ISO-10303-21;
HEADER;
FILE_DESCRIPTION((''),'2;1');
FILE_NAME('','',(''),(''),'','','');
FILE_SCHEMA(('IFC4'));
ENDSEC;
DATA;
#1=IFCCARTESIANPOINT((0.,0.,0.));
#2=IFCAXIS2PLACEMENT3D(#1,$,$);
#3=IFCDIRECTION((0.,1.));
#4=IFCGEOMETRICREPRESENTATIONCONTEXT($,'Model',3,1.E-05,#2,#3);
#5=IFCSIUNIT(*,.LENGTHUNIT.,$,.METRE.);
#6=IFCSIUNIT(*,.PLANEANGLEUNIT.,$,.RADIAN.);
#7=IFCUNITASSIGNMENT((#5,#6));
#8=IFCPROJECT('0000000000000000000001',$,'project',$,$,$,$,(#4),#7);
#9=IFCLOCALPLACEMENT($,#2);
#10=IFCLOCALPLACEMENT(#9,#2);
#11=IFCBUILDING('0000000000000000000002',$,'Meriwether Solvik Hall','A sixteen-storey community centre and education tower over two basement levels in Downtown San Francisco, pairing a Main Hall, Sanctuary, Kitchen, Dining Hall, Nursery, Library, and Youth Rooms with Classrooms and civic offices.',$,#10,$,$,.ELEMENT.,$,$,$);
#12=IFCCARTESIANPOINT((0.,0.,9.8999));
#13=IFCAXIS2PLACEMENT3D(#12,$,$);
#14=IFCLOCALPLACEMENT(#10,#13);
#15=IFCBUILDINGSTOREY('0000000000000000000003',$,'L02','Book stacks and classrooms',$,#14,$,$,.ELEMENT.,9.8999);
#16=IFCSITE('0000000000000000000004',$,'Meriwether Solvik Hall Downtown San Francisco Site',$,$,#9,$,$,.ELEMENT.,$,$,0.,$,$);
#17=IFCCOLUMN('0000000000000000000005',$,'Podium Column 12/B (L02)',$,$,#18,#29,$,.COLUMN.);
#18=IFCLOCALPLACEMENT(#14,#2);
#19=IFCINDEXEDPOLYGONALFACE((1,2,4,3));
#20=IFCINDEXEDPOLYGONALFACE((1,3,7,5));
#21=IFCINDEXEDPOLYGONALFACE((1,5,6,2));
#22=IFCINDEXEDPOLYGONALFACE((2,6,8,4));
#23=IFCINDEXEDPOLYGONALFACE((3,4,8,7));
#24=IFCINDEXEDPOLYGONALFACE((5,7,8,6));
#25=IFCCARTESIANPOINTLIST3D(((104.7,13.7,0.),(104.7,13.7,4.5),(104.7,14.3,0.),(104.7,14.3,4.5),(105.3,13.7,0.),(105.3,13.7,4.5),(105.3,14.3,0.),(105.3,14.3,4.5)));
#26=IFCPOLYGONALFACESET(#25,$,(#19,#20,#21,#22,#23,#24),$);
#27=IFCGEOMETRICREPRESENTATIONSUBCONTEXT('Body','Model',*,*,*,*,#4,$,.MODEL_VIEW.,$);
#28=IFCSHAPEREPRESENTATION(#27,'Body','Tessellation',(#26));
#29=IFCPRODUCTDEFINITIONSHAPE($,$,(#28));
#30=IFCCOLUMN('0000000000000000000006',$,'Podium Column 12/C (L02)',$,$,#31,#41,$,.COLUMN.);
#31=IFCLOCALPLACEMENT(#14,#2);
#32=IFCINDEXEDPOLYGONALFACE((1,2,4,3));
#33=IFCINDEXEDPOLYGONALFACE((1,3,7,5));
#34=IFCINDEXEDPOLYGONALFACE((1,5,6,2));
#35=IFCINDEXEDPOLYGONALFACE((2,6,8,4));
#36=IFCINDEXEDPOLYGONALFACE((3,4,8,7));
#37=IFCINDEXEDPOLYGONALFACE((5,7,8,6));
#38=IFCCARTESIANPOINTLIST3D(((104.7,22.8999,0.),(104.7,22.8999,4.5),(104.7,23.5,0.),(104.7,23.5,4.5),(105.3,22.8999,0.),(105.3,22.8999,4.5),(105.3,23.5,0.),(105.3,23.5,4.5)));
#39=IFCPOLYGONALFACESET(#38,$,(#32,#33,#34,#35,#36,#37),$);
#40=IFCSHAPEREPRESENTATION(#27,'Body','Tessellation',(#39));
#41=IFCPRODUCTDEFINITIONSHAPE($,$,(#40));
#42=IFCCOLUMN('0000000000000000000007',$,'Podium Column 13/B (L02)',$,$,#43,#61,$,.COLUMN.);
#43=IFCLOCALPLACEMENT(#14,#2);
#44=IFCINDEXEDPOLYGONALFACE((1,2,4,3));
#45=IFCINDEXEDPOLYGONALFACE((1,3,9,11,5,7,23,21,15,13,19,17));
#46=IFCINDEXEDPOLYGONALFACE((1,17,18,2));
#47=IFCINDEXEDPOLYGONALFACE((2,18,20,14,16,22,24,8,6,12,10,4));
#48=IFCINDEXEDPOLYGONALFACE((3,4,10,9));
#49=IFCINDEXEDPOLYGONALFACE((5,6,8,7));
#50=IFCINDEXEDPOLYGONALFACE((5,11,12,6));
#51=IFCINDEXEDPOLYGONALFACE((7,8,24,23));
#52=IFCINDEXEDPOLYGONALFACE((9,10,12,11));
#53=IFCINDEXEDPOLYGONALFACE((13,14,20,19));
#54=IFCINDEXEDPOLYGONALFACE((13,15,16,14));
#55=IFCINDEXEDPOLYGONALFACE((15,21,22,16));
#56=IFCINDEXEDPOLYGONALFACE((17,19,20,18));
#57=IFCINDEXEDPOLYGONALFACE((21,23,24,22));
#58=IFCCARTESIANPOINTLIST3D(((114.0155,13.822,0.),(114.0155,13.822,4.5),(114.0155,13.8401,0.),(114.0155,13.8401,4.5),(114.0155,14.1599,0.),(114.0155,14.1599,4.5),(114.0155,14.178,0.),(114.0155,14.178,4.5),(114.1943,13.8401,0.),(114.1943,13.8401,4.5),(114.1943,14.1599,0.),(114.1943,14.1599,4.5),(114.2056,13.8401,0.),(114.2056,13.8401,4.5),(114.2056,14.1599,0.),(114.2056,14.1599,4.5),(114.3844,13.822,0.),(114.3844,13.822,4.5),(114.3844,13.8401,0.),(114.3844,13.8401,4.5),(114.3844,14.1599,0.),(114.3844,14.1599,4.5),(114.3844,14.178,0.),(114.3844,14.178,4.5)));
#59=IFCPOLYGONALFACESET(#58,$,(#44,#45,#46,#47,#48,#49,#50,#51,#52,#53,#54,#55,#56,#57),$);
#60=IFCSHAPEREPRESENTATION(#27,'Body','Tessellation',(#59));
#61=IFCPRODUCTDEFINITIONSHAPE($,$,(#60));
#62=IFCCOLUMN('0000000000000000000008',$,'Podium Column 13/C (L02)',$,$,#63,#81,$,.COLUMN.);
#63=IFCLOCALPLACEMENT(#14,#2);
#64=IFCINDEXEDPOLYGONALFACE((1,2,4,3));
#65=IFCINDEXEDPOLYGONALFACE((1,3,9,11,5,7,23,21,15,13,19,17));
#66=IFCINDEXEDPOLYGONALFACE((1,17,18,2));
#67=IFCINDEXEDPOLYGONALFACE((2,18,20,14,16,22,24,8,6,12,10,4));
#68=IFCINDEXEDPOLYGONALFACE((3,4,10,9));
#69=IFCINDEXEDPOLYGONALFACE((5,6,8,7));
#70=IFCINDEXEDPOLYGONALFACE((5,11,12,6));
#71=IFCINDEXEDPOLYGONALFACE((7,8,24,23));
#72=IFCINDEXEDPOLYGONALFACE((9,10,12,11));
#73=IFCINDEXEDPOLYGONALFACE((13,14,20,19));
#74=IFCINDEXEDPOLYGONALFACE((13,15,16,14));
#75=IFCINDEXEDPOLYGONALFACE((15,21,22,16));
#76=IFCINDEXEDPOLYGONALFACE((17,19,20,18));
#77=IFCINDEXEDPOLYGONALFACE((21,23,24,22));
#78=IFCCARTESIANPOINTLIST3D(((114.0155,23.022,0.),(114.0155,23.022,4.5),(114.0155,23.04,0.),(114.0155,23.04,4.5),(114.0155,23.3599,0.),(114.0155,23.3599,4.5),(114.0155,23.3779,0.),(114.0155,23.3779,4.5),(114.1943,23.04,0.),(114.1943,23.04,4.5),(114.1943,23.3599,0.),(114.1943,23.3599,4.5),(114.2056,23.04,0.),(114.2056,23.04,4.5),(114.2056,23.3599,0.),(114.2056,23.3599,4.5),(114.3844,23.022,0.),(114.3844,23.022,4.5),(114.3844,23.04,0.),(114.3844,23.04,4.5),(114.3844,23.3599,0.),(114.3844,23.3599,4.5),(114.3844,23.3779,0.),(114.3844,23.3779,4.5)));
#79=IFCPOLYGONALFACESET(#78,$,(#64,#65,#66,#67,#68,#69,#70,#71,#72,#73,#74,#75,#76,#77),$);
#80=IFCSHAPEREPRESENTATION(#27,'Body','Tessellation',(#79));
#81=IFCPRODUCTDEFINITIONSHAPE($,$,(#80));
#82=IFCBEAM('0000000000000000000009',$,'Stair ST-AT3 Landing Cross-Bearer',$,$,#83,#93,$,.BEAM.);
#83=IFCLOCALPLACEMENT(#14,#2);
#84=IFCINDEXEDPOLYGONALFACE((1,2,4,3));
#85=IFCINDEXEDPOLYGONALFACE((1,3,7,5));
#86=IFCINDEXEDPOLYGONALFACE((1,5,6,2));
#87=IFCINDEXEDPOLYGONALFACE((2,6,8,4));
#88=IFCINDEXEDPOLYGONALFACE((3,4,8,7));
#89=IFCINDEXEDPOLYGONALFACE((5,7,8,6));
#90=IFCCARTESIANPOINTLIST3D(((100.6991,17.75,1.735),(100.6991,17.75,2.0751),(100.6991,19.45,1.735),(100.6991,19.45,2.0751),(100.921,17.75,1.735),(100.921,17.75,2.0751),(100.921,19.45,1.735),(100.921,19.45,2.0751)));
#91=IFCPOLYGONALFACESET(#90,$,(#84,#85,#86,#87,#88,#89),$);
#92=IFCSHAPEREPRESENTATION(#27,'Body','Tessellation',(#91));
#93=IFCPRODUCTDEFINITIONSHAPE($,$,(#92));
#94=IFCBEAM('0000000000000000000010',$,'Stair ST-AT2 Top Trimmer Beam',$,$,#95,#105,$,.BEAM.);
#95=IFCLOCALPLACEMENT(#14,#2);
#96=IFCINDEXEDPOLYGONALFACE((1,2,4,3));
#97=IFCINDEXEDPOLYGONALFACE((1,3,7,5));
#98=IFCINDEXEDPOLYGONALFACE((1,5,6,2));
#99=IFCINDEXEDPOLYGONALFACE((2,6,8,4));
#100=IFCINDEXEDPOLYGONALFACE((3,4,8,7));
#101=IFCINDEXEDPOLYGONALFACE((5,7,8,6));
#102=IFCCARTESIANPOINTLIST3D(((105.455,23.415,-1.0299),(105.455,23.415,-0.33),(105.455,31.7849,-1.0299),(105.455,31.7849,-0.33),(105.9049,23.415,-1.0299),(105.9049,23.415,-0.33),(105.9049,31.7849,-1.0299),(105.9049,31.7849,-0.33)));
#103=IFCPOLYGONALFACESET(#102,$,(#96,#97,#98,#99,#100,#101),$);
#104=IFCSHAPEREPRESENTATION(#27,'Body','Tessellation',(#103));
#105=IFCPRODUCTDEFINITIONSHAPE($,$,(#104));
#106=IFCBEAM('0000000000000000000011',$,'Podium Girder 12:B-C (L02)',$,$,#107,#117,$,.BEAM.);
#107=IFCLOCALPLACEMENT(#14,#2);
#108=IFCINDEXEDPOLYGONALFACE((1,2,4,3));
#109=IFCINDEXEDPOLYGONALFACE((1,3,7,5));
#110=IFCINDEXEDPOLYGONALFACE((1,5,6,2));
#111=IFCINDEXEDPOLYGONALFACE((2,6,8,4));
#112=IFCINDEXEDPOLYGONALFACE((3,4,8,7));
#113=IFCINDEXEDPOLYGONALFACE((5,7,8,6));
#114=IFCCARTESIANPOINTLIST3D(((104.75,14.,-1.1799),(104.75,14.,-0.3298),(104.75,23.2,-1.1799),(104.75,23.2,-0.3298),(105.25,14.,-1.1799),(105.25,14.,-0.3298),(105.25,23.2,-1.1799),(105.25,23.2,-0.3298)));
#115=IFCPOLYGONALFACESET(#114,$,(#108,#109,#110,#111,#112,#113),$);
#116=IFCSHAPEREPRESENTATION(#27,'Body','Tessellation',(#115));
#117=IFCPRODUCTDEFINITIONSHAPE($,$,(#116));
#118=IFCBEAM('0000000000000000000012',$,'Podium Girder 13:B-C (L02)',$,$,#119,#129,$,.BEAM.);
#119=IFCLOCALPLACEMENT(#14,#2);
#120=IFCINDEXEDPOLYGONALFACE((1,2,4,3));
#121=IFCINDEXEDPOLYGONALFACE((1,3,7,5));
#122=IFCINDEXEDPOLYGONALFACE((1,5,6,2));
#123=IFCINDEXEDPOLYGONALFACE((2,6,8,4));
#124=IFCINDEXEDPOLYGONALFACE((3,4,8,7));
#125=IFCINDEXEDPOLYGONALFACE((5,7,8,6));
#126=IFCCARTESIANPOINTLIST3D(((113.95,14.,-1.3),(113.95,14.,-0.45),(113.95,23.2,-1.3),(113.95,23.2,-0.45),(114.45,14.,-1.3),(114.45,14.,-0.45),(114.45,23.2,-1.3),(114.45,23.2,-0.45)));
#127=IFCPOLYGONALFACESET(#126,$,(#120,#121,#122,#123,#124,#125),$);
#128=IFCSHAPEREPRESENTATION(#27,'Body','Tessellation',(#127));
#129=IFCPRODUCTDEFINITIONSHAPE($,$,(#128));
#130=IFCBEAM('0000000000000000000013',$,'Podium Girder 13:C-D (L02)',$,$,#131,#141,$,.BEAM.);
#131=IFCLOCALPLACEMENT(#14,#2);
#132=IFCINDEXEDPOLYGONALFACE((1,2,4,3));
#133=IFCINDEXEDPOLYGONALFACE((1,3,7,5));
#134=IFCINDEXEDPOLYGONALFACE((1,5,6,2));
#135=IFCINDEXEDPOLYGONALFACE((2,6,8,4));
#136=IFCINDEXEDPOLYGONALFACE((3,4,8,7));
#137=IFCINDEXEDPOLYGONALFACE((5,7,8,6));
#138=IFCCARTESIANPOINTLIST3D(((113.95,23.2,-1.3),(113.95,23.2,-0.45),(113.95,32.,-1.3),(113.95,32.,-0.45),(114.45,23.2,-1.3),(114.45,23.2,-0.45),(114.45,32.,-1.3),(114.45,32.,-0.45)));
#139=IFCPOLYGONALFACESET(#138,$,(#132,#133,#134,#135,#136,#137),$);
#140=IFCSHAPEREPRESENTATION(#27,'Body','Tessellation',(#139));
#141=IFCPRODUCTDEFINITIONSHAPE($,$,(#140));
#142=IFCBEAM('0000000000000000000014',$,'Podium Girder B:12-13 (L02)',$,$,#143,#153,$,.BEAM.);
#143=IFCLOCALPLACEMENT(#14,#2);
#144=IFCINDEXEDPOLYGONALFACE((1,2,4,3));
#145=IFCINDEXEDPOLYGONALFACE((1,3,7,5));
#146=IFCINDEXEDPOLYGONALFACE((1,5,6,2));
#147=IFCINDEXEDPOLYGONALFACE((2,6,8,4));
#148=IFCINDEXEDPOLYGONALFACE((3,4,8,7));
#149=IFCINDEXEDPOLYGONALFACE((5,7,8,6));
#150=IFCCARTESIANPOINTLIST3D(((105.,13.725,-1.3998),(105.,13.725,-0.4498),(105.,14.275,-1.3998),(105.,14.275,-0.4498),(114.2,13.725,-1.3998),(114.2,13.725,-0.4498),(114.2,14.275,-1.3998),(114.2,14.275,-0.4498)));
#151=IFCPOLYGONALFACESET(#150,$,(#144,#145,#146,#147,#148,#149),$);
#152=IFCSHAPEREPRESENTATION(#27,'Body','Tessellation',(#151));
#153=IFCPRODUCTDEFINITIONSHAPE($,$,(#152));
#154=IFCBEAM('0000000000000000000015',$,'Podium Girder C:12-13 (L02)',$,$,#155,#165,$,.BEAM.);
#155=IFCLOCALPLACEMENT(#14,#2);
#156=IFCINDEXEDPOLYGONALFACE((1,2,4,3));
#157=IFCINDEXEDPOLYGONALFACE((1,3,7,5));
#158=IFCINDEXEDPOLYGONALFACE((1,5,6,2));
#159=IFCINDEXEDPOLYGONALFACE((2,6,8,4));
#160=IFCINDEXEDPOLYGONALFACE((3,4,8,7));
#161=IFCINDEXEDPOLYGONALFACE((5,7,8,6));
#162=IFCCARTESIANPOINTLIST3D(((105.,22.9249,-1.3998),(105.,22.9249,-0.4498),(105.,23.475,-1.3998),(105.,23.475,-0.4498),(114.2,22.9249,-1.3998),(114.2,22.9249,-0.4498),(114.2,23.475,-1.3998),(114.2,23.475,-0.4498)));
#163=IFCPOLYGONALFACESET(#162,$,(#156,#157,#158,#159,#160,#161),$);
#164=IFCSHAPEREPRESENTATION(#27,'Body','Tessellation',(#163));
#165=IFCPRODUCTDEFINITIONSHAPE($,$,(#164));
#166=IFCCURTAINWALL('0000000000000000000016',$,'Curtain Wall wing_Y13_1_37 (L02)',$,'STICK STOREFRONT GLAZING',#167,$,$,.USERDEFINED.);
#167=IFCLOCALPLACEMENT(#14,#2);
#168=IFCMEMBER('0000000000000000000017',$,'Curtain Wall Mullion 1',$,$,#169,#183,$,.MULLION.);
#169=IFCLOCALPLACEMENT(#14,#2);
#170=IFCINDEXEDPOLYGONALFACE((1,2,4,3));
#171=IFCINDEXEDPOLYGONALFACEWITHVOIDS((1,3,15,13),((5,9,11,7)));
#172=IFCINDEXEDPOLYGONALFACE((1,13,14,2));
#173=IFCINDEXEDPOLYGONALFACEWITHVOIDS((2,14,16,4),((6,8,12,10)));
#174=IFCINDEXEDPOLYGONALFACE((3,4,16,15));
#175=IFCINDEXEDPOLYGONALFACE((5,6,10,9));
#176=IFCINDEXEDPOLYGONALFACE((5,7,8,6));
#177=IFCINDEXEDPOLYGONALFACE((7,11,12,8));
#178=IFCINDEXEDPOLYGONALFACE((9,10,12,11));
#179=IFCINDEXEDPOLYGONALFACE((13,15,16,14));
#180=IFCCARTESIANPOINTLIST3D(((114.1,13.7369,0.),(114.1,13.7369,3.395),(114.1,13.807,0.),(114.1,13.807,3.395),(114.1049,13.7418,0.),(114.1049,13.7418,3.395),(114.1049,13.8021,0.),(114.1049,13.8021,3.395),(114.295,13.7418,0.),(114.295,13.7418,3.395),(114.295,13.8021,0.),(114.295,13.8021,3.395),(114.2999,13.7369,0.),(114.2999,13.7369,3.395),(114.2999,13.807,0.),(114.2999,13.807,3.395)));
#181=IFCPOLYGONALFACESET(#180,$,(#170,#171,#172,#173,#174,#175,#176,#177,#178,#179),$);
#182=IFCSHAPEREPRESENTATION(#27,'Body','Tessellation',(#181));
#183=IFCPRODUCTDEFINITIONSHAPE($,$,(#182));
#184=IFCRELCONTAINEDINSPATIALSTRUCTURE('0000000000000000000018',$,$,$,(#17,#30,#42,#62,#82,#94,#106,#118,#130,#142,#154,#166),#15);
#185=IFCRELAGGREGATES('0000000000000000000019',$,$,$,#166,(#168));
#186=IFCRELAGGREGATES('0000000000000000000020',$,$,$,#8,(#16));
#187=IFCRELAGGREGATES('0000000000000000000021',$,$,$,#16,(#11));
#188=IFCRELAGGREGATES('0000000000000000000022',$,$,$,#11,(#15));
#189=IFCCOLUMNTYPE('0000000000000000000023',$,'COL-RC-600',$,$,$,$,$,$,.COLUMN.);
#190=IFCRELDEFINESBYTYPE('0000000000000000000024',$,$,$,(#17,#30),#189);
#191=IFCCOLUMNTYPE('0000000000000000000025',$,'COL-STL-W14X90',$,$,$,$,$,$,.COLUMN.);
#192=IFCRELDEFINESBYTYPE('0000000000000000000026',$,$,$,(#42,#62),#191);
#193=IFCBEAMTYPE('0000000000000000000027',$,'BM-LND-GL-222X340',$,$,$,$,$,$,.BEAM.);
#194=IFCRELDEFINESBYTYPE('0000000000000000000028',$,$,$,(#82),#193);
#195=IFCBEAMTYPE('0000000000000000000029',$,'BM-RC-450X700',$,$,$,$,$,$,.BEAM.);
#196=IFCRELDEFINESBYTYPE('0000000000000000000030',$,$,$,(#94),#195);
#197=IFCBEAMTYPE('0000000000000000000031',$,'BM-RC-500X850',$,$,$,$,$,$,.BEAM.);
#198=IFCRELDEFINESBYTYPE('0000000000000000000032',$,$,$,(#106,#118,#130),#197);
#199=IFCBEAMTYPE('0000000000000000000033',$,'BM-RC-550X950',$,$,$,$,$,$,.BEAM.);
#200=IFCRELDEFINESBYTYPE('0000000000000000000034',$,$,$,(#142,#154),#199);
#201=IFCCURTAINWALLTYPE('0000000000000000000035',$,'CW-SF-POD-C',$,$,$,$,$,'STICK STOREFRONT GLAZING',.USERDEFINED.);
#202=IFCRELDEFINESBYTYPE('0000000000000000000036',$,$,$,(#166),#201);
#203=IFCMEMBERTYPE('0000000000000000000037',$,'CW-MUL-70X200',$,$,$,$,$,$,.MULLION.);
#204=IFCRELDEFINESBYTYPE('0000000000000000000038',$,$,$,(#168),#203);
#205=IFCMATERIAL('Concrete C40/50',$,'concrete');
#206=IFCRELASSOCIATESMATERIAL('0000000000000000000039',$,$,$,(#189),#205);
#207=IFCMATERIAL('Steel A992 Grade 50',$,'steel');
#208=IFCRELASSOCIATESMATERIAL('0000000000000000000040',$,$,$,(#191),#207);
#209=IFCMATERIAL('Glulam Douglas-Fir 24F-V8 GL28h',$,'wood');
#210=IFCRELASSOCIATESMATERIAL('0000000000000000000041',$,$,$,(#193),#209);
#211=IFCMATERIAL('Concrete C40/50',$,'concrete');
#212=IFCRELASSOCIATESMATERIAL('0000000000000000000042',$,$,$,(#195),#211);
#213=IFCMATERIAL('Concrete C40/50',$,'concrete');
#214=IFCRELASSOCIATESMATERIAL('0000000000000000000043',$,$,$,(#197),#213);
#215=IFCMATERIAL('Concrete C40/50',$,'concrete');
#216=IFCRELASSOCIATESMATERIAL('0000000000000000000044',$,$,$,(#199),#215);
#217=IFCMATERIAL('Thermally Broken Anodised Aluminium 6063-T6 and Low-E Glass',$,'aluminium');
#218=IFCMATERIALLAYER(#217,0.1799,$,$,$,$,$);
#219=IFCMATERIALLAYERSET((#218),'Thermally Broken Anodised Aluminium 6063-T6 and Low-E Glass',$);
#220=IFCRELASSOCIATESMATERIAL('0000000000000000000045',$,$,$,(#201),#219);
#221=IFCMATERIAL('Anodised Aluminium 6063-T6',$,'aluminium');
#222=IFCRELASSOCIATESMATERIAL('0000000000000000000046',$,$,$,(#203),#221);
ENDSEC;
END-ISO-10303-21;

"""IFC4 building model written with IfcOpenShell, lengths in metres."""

from ifc_helpers import new_model, si_unit, direction, frame, origin, origin_2d, place, context, subcontext, project, spatial, rectangle, hollow_rectangle, i_section, extrude, material, layer, layer_set, material_profile, profile_set, type_object, element, aggregate, save


model = new_model("IFC4")

# Units and contexts
model_context = context("Model", 3, precision=1e-05, world=origin(), true_north=direction((0.0, 1.0)))
body_context = subcontext(model_context, "Body", "Model", "MODEL_VIEW")
ifc_project = project(units=[si_unit("LENGTHUNIT", "METRE"), si_unit("PLANEANGLEUNIT", "RADIAN")], contexts=[model_context])

# Site, building, storey
site_placement = place(None, origin())
site = spatial("IfcSite", under=ifc_project, at=site_placement, Name="Meriwether Solvik Hall Downtown San Francisco Site", CompositionType="ELEMENT", RefElevation=0.0)
building_placement = place(site_placement, origin())
building = spatial("IfcBuilding", under=site, at=building_placement, Name="Meriwether Solvik Hall", Description="A sixteen-storey community centre and education tower over two basement levels in Downtown San Francisco, pairing a Main Hall, Sanctuary, Kitchen, Dining Hall, Nursery, Library, and Youth Rooms with Classrooms and civic offices.", CompositionType="ELEMENT")
storey_placement = place(building_placement, frame((0.0, 0.0, 9.8999)))
storey = spatial("IfcBuildingStorey", under=building, at=storey_placement, Name="L02", Description="Book stacks and classrooms", CompositionType="ELEMENT", Elevation=9.8999)

# Columns
ifc_material_1 = material(Name="Concrete C40/50", Category="concrete")
ifc_material_profile_1 = material_profile(ifc_material_1, rectangle(XDim=0.6001, YDim=0.6001, at=origin_2d()), Name="RCC-600X600")
ifc_profile_set_1 = profile_set([ifc_material_profile_1], Name="Concrete C40/50")
column_type_1 = type_object("IfcColumnType", Name="COL-RC-600", PredefinedType="COLUMN", material=ifc_profile_set_1)
for number, where, z_axis, x_axis, name in (
    (1, (105.0, 14.0, 0.0), (0.0, 0.0, 1.0), (1.0, 0.0, 0.0), "Podium Column 12/B (L02)"),
    (2, (105.0, 23.2, 0.0), (0.0, 0.0, 1.0), (1.0, 0.0, 0.0), "Podium Column 12/C (L02)"),
):
    element("IfcColumn", number, at=place(storey_placement, frame(where, z_axis=z_axis, x_axis=x_axis)), inside=storey, type_object=column_type_1, Name=name, PredefinedType="COLUMN", context=body_context, shape_type="SweptSolid", body=[
        extrude(rectangle(XDim=0.6001, YDim=0.6001, at=origin_2d()), origin(), (0.0, 0.0, 1.0), 4.5),
    ])
ifc_material_2 = material(Name="Steel A992 Grade 50", Category="steel")
ifc_material_profile_2 = material_profile(ifc_material_2, i_section(OverallWidth=0.3689, OverallDepth=0.356, WebThickness=0.0112, FlangeThickness=0.0181, at=origin_2d()), Name="W14X90")
ifc_profile_set_2 = profile_set([ifc_material_profile_2], Name="Steel A992 Grade 50")
column_type_2 = type_object("IfcColumnType", Name="COL-STL-W14X90", PredefinedType="COLUMN", material=ifc_profile_set_2)
for number, where, z_axis, x_axis, name in (
    (3, (114.2, 14.0, 0.0), (0.0, 0.0, 1.0), (1.0, 0.0, 0.0), "Podium Column 13/B (L02)"),
    (4, (114.2, 23.2, 0.0), (0.0, 0.0, 1.0), (1.0, 0.0, 0.0), "Podium Column 13/C (L02)"),
):
    element("IfcColumn", number, at=place(storey_placement, frame(where, z_axis=z_axis, x_axis=x_axis)), inside=storey, type_object=column_type_2, Name=name, PredefinedType="COLUMN", context=body_context, shape_type="SweptSolid", body=[
        extrude(i_section(OverallWidth=0.3689, OverallDepth=0.356, WebThickness=0.0112, FlangeThickness=0.0181, at=origin_2d()), origin(), (0.0, 0.0, 1.0), 4.5),
    ])

# Beams
ifc_material_3 = material(Name="Glulam Douglas-Fir 24F-V8 GL28h", Category="wood")
ifc_material_profile_3 = material_profile(ifc_material_3, rectangle(XDim=0.2219, YDim=0.3401, at=origin_2d()), Name="GLB-222X340")
ifc_profile_set_3 = profile_set([ifc_material_profile_3], Name="Glulam Douglas-Fir 24F-V8 GL28h")
beam_type_1 = type_object("IfcBeamType", Name="BM-LND-GL-222X340", PredefinedType="BEAM", material=ifc_profile_set_3)
beam_1_placement = place(storey_placement, frame((100.8101, 17.75, 1.905), z_axis=(0.0, 1.0, 0.0), x_axis=(-1.0, 0.0, 0.0)))
element("IfcBeam", 5, at=beam_1_placement, inside=storey, type_object=beam_type_1, Name="Stair ST-AT3 Landing Cross-Bearer", PredefinedType="BEAM", context=body_context, shape_type="SweptSolid", body=[
    extrude(rectangle(XDim=0.2219, YDim=0.3401, at=origin_2d()), origin(), (0.0, 0.0, 1.0), 1.7),
])
ifc_material_4 = material(Name="Concrete C40/50", Category="concrete")
ifc_material_profile_4 = material_profile(ifc_material_4, rectangle(XDim=0.45, YDim=0.7, at=origin_2d()), Name="RCB-450X700")
ifc_profile_set_4 = profile_set([ifc_material_profile_4], Name="Concrete C40/50")
beam_type_2 = type_object("IfcBeamType", Name="BM-RC-450X700", PredefinedType="BEAM", material=ifc_profile_set_4)
beam_2_placement = place(storey_placement, frame((105.6799, 23.415, -0.6799), z_axis=(0.0, 1.0, 0.0), x_axis=(-1.0, 0.0, 0.0)))
element("IfcBeam", 6, at=beam_2_placement, inside=storey, type_object=beam_type_2, Name="Stair ST-AT2 Top Trimmer Beam", PredefinedType="BEAM", context=body_context, shape_type="SweptSolid", body=[
    extrude(rectangle(XDim=0.45, YDim=0.7, at=origin_2d()), origin(), (0.0, 0.0, 1.0), 8.3699),
])
ifc_material_5 = material(Name="Concrete C40/50", Category="concrete")
ifc_material_profile_5 = material_profile(ifc_material_5, rectangle(XDim=0.5, YDim=0.8501, at=origin_2d()), Name="RCB-500X850")
ifc_profile_set_5 = profile_set([ifc_material_profile_5], Name="Concrete C40/50")
beam_type_3 = type_object("IfcBeamType", Name="BM-RC-500X850", PredefinedType="BEAM", material=ifc_profile_set_5)
for number, where, z_axis, x_axis, name in (
    (7, (105.0, 14.0, -0.7549), (0.0, 1.0, 0.0), (-1.0, 0.0, 0.0), "Podium Girder 12:B-C (L02)"),
    (8, (114.2, 14.0, -0.875), (0.0, 1.0, 0.0), (-1.0, 0.0, 0.0), "Podium Girder 13:B-C (L02)"),
):
    element("IfcBeam", number, at=place(storey_placement, frame(where, z_axis=z_axis, x_axis=x_axis)), inside=storey, type_object=beam_type_3, Name=name, PredefinedType="BEAM", context=body_context, shape_type="SweptSolid", body=[
        extrude(rectangle(XDim=0.5, YDim=0.8501, at=origin_2d()), origin(), (0.0, 0.0, 1.0), 9.2),
    ])
beam_3_placement = place(storey_placement, frame((114.2, 23.2, -0.875), z_axis=(0.0, 1.0, 0.0), x_axis=(-1.0, 0.0, 0.0)))
element("IfcBeam", 9, at=beam_3_placement, inside=storey, type_object=beam_type_3, Name="Podium Girder 13:C-D (L02)", PredefinedType="BEAM", context=body_context, shape_type="SweptSolid", body=[
    extrude(rectangle(XDim=0.5, YDim=0.8501, at=origin_2d()), origin(), (0.0, 0.0, 1.0), 8.8),
])
ifc_material_6 = material(Name="Concrete C40/50", Category="concrete")
ifc_material_profile_6 = material_profile(ifc_material_6, rectangle(XDim=0.55, YDim=0.95, at=origin_2d()), Name="RCB-550X950")
ifc_profile_set_6 = profile_set([ifc_material_profile_6], Name="Concrete C40/50")
beam_type_4 = type_object("IfcBeamType", Name="BM-RC-550X950", PredefinedType="BEAM", material=ifc_profile_set_6)
for number, where, z_axis, x_axis, name in (
    (10, (105.0, 14.0, -0.9248), (1.0, 0.0, 0.0), (0.0, 1.0, 0.0), "Podium Girder B:12-13 (L02)"),
    (11, (105.0, 23.2, -0.9248), (1.0, 0.0, 0.0), (0.0, 1.0, 0.0), "Podium Girder C:12-13 (L02)"),
):
    element("IfcBeam", number, at=place(storey_placement, frame(where, z_axis=z_axis, x_axis=x_axis)), inside=storey, type_object=beam_type_4, Name=name, PredefinedType="BEAM", context=body_context, shape_type="SweptSolid", body=[
        extrude(rectangle(XDim=0.55, YDim=0.95, at=origin_2d()), origin(), (0.0, 0.0, 1.0), 9.2),
    ])

# Curtain wall, member
ifc_material_7 = material(Name="Thermally Broken Anodised Aluminium 6063-T6 and Low-E Glass", Category="aluminium")
ifc_layer_1 = layer(ifc_material_7, 0.1799)
ifc_layer_set_1 = layer_set([ifc_layer_1], Name="Thermally Broken Anodised Aluminium 6063-T6 and Low-E Glass")
curtain_wall_type = type_object("IfcCurtainWallType", Name="CW-SF-POD-C", ElementType="STICK STOREFRONT GLAZING", PredefinedType="USERDEFINED", material=ifc_layer_set_1)
curtain_wall_placement = place(storey_placement, origin())
curtain_wall = element("IfcCurtainWall", 12, at=curtain_wall_placement, inside=storey, type_object=curtain_wall_type, Name="Curtain Wall wing_Y13_1_37 (L02)", ObjectType="STICK STOREFRONT GLAZING", PredefinedType="USERDEFINED")
ifc_material_8 = material(Name="Anodised Aluminium 6063-T6", Category="aluminium")
ifc_material_profile_7 = material_profile(ifc_material_8, hollow_rectangle(XDim=0.0701, YDim=0.2, WallThickness=0.0049, at=origin_2d()), Name="CWM-70X200")
ifc_profile_set_7 = profile_set([ifc_material_profile_7], Name="Anodised Aluminium 6063-T6")
member_type_1 = type_object("IfcMemberType", Name="CW-MUL-70X200", PredefinedType="MULLION", material=ifc_profile_set_7)
member_1_placement = place(storey_placement, frame((114.2, 13.772, 0.0), z_axis=(0.0, 0.0, 1.0), x_axis=(0.0, -1.0, 0.0)))
member_1 = element("IfcMember", 13, at=member_1_placement, type_object=member_type_1, Name="Curtain Wall Mullion 1", PredefinedType="MULLION", context=body_context, shape_type="SweptSolid", body=[
    extrude(hollow_rectangle(XDim=0.0701, YDim=0.2, WallThickness=0.0049, at=origin_2d()), origin(), (0.0, 0.0, 1.0), 3.395),
])
aggregate(curtain_wall, [member_1])

save(model, "model.ifc")
